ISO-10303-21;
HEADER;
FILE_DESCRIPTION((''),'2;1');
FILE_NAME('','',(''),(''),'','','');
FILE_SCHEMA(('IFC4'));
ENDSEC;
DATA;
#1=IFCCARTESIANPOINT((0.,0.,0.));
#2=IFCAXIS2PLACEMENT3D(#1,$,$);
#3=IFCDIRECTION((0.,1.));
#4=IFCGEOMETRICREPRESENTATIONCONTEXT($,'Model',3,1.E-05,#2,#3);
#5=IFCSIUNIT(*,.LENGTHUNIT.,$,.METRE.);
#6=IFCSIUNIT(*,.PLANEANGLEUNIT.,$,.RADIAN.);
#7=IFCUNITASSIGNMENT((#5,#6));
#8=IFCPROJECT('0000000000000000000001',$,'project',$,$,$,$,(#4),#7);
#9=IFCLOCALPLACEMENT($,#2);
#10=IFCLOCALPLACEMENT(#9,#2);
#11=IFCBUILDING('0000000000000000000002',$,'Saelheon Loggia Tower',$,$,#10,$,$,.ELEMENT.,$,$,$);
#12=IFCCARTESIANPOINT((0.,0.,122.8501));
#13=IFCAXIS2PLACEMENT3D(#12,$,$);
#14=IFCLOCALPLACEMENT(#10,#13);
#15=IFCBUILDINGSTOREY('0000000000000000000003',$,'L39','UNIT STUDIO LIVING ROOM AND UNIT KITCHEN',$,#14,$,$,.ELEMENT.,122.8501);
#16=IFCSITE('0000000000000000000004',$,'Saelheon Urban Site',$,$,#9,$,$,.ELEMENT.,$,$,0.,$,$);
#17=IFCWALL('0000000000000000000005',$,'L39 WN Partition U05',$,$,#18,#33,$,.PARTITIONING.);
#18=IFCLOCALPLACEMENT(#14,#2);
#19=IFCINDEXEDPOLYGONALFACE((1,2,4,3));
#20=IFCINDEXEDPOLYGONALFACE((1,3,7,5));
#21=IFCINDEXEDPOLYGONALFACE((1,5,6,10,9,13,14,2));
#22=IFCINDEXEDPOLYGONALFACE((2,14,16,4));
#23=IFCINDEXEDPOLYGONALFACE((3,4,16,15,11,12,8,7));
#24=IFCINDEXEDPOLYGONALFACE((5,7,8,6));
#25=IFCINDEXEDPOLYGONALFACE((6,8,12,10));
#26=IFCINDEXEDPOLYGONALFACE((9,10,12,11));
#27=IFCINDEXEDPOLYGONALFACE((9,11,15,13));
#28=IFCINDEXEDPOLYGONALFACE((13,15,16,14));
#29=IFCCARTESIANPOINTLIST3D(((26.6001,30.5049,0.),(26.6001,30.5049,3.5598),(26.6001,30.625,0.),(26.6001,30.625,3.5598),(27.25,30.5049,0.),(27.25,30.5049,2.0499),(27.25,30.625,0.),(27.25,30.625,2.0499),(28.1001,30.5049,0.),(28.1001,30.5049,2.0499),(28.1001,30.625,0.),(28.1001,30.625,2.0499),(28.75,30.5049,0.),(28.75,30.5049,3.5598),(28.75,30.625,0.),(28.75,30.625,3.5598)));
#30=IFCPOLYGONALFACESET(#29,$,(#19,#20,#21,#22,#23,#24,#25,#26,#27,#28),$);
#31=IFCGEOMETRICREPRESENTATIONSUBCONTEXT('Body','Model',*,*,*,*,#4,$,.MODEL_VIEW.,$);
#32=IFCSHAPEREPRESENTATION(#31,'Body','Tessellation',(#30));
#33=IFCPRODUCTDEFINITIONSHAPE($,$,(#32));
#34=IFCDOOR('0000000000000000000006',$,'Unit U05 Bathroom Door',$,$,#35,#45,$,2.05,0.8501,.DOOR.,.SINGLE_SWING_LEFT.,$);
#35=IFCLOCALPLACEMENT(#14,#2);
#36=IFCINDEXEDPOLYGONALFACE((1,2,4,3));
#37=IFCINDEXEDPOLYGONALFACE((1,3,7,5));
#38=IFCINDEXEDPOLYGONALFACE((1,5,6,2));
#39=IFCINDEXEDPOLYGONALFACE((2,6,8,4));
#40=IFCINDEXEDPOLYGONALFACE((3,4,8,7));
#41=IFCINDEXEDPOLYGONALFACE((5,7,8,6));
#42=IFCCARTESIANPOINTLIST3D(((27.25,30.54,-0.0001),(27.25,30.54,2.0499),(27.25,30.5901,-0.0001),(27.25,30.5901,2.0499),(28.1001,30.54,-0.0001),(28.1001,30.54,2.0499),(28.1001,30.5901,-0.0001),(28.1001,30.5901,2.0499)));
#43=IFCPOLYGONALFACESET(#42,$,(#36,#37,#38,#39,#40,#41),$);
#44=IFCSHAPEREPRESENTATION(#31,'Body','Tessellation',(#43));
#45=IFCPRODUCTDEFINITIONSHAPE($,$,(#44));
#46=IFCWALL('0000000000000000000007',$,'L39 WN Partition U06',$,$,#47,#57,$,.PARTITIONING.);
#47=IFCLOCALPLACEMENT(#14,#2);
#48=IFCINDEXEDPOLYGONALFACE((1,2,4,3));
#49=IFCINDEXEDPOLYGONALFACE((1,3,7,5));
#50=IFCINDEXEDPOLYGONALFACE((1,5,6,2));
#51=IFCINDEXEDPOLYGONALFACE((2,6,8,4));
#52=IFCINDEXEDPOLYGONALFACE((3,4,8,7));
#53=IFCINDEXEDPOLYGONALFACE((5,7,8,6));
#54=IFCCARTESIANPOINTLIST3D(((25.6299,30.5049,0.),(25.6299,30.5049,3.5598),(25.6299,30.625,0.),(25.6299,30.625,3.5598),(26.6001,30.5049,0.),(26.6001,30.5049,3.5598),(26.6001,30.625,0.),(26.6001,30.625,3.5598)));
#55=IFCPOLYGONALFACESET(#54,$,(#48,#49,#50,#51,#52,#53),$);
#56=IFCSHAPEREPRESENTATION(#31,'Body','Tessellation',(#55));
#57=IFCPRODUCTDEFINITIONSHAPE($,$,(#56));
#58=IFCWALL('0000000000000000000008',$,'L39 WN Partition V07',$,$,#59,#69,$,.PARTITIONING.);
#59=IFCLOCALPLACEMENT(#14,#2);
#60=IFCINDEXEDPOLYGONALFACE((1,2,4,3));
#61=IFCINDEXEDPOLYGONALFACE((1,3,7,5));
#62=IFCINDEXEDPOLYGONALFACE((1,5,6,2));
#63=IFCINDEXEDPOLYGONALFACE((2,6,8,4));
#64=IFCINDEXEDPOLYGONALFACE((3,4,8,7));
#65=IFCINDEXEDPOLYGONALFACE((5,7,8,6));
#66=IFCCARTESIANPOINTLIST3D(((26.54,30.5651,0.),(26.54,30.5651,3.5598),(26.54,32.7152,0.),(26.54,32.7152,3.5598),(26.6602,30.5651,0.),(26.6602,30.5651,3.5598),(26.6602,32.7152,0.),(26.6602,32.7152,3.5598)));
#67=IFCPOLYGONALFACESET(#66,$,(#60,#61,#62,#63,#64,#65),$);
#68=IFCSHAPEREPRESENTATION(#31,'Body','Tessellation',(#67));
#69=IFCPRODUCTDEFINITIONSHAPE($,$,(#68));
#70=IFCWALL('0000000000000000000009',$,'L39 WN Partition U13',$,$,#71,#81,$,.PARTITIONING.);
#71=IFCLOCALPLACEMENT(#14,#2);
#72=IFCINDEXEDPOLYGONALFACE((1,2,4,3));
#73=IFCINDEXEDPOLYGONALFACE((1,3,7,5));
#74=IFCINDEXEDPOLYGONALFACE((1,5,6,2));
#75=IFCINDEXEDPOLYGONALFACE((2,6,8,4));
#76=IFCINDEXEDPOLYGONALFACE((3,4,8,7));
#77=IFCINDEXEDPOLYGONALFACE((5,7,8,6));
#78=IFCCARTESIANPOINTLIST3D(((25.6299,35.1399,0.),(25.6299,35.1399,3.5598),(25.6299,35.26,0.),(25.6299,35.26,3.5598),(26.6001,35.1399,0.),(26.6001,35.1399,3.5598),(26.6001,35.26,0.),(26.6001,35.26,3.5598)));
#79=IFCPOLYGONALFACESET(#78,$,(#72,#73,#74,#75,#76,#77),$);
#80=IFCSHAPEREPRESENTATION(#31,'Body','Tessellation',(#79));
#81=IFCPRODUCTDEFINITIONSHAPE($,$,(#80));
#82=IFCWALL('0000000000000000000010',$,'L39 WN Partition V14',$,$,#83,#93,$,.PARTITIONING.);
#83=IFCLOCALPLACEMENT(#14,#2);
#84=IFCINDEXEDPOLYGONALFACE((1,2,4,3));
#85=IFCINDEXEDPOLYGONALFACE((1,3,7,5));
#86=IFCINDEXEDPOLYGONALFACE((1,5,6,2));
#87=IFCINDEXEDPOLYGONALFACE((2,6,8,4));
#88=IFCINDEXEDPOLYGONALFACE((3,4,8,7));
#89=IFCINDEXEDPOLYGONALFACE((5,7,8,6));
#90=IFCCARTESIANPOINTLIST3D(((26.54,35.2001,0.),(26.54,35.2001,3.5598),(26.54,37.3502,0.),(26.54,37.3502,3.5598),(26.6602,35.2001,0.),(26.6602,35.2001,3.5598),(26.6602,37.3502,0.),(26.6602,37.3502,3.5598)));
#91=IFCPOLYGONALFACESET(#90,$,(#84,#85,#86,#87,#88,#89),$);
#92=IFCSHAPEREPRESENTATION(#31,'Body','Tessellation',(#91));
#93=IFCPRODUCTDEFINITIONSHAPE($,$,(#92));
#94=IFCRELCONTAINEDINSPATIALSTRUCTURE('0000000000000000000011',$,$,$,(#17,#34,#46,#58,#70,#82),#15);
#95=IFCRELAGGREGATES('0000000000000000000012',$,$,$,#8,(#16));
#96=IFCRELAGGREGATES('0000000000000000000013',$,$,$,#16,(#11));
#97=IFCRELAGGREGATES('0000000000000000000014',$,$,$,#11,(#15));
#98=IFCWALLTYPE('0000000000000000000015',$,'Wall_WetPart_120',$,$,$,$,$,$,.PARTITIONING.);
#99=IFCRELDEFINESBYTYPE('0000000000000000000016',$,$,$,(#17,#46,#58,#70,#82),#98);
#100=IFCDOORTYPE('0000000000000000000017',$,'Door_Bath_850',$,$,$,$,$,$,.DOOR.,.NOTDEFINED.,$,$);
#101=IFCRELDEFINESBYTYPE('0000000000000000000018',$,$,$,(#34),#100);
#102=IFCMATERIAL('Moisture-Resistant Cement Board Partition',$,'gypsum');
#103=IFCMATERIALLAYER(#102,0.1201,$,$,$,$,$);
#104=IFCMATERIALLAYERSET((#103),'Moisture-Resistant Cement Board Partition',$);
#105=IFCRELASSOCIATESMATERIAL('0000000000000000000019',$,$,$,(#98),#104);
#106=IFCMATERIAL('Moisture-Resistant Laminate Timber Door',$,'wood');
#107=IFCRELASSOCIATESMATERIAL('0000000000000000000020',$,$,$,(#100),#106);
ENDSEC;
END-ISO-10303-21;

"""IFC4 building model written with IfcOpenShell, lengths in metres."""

from ifc_helpers import new_model, si_unit, direction, frame, frame_2d, origin, place, context, subcontext, project, spatial, rectangle, extrude, source, transform, mapped, material, layer, layer_set, type_object, element, fill, save


model = new_model("IFC4")

# Units and contexts
model_context = context("Model", 3, precision=1e-05, world=origin(), true_north=direction((0.0, 1.0)))
body_context = subcontext(model_context, "Body", "Model", "MODEL_VIEW")
ifc_project = project(units=[si_unit("LENGTHUNIT", "METRE"), si_unit("PLANEANGLEUNIT", "RADIAN")], contexts=[model_context])

# Site, building, storey
site_placement = place(None, origin())
site = spatial("IfcSite", under=ifc_project, at=site_placement, Name="Saelheon Urban Site", CompositionType="ELEMENT", RefElevation=0.0)
building_placement = place(site_placement, origin())
building = spatial("IfcBuilding", under=site, at=building_placement, Name="Saelheon Loggia Tower", CompositionType="ELEMENT")
storey_placement = place(building_placement, frame((0.0, 0.0, 122.8501)))
storey = spatial("IfcBuildingStorey", under=building, at=storey_placement, Name="L39", Description="UNIT STUDIO LIVING ROOM AND UNIT KITCHEN", CompositionType="ELEMENT", Elevation=122.8501)

# Wall, opening, door
ifc_material_1 = material(Name="Moisture-Resistant Cement Board Partition", Category="gypsum")
ifc_layer_1 = layer(ifc_material_1, 0.1201)
ifc_layer_set_1 = layer_set([ifc_layer_1], Name="Moisture-Resistant Cement Board Partition")
wall_type_1 = type_object("IfcWallType", Name="Wall_WetPart_120", PredefinedType="PARTITIONING", material=ifc_layer_set_1)
wall_1_placement = place(storey_placement, frame((28.75, 30.5649, 0.0), z_axis=(0.0, 0.0, 1.0), x_axis=(-1.0, 0.0, 0.0)))
wall_1 = element("IfcWall", 1, at=wall_1_placement, inside=storey, type_object=wall_type_1, Name="L39 WN Partition U05", PredefinedType="PARTITIONING", context=body_context, shape_type="SweptSolid", body=[
    extrude(rectangle(XDim=2.1499, YDim=0.1201, at=frame_2d((1.075, 0.0))), origin(), (0.0, 0.0, 1.0), 3.5598),
])
opening_1_placement = place(wall_1_placement, frame((0.6499, 0.0, 0.0)))
opening_1 = element("IfcOpeningElement", 2, at=opening_1_placement, cuts=wall_1, PredefinedType="OPENING", context=body_context, shape_type="SweptSolid", body=[
    extrude(rectangle(XDim=0.8501, YDim=2.05, at=frame_2d((0.425, 1.0249))), frame((0.0, 0.072, 0.0), z_axis=(0.0, -1.0, 0.0), x_axis=(1.0, 0.0, 0.0)), (0.0, 0.0, 1.0), 0.144),
])
ifc_material_2 = material(Name="Moisture-Resistant Laminate Timber Door", Category="wood")
door_type_1 = type_object("IfcDoorType", Name="Door_Bath_850", OperationType="NOTDEFINED", PredefinedType="DOOR", material=ifc_material_2)
shared_shape_1 = source(origin(), body_context, "Body", "SweptSolid", [
    extrude(rectangle(XDim=0.8501, YDim=2.05, at=frame_2d((0.425, 1.0249))), frame((0.0, 0.0249, 0.0), z_axis=(0.0, -1.0, 0.0), x_axis=(1.0, 0.0, 0.0)), (0.0, 0.0, 1.0), 0.05),
])
door_1_placement = place(opening_1_placement, origin())
door_1 = element("IfcDoor", 3, at=door_1_placement, inside=storey, type_object=door_type_1, Name="Unit U05 Bathroom Door", OperationType="SINGLE_SWING_LEFT", OverallHeight=2.05, OverallWidth=0.8501, PredefinedType="DOOR", context=body_context, shape_type="MappedRepresentation", body=[
    mapped(shared_shape_1, transform((0.0, 0.0, 0.0), scale=1.0)),
])
fill(opening_1, door_1)

# Walls
wall_2_placement = place(storey_placement, frame((26.6001, 30.5649, 0.0), z_axis=(0.0, 0.0, 1.0), x_axis=(-1.0, 0.0, 0.0)))
element("IfcWall", 4, at=wall_2_placement, inside=storey, type_object=wall_type_1, Name="L39 WN Partition U06", PredefinedType="PARTITIONING", context=body_context, shape_type="SweptSolid", body=[
    extrude(rectangle(XDim=0.9702, YDim=0.1201, at=frame_2d((0.4851, 0.0))), origin(), (0.0, 0.0, 1.0), 3.5598),
])
wall_3_placement = place(storey_placement, frame((26.6001, 30.5649, 0.0), z_axis=(0.0, 0.0, 1.0), x_axis=(0.0, 1.0, 0.0)))
element("IfcWall", 5, at=wall_3_placement, inside=storey, type_object=wall_type_1, Name="L39 WN Partition V07", PredefinedType="PARTITIONING", context=body_context, shape_type="SweptSolid", body=[
    extrude(rectangle(XDim=2.1501, YDim=0.1201, at=frame_2d((1.0752, 0.0))), origin(), (0.0, 0.0, 1.0), 3.5598),
])
wall_4_placement = place(storey_placement, frame((26.6001, 35.2, 0.0), z_axis=(0.0, 0.0, 1.0), x_axis=(-1.0, 0.0, 0.0)))
element("IfcWall", 6, at=wall_4_placement, inside=storey, type_object=wall_type_1, Name="L39 WN Partition U13", PredefinedType="PARTITIONING", context=body_context, shape_type="SweptSolid", body=[
    extrude(rectangle(XDim=0.9702, YDim=0.1201, at=frame_2d((0.4851, 0.0))), origin(), (0.0, 0.0, 1.0), 3.5598),
])
wall_5_placement = place(storey_placement, frame((26.6001, 35.2, 0.0), z_axis=(0.0, 0.0, 1.0), x_axis=(0.0, 1.0, 0.0)))
element("IfcWall", 7, at=wall_5_placement, inside=storey, type_object=wall_type_1, Name="L39 WN Partition V14", PredefinedType="PARTITIONING", context=body_context, shape_type="SweptSolid", body=[
    extrude(rectangle(XDim=2.1501, YDim=0.1201, at=frame_2d((1.0752, 0.0))), origin(), (0.0, 0.0, 1.0), 3.5598),
])

save(model, "model.ifc")
